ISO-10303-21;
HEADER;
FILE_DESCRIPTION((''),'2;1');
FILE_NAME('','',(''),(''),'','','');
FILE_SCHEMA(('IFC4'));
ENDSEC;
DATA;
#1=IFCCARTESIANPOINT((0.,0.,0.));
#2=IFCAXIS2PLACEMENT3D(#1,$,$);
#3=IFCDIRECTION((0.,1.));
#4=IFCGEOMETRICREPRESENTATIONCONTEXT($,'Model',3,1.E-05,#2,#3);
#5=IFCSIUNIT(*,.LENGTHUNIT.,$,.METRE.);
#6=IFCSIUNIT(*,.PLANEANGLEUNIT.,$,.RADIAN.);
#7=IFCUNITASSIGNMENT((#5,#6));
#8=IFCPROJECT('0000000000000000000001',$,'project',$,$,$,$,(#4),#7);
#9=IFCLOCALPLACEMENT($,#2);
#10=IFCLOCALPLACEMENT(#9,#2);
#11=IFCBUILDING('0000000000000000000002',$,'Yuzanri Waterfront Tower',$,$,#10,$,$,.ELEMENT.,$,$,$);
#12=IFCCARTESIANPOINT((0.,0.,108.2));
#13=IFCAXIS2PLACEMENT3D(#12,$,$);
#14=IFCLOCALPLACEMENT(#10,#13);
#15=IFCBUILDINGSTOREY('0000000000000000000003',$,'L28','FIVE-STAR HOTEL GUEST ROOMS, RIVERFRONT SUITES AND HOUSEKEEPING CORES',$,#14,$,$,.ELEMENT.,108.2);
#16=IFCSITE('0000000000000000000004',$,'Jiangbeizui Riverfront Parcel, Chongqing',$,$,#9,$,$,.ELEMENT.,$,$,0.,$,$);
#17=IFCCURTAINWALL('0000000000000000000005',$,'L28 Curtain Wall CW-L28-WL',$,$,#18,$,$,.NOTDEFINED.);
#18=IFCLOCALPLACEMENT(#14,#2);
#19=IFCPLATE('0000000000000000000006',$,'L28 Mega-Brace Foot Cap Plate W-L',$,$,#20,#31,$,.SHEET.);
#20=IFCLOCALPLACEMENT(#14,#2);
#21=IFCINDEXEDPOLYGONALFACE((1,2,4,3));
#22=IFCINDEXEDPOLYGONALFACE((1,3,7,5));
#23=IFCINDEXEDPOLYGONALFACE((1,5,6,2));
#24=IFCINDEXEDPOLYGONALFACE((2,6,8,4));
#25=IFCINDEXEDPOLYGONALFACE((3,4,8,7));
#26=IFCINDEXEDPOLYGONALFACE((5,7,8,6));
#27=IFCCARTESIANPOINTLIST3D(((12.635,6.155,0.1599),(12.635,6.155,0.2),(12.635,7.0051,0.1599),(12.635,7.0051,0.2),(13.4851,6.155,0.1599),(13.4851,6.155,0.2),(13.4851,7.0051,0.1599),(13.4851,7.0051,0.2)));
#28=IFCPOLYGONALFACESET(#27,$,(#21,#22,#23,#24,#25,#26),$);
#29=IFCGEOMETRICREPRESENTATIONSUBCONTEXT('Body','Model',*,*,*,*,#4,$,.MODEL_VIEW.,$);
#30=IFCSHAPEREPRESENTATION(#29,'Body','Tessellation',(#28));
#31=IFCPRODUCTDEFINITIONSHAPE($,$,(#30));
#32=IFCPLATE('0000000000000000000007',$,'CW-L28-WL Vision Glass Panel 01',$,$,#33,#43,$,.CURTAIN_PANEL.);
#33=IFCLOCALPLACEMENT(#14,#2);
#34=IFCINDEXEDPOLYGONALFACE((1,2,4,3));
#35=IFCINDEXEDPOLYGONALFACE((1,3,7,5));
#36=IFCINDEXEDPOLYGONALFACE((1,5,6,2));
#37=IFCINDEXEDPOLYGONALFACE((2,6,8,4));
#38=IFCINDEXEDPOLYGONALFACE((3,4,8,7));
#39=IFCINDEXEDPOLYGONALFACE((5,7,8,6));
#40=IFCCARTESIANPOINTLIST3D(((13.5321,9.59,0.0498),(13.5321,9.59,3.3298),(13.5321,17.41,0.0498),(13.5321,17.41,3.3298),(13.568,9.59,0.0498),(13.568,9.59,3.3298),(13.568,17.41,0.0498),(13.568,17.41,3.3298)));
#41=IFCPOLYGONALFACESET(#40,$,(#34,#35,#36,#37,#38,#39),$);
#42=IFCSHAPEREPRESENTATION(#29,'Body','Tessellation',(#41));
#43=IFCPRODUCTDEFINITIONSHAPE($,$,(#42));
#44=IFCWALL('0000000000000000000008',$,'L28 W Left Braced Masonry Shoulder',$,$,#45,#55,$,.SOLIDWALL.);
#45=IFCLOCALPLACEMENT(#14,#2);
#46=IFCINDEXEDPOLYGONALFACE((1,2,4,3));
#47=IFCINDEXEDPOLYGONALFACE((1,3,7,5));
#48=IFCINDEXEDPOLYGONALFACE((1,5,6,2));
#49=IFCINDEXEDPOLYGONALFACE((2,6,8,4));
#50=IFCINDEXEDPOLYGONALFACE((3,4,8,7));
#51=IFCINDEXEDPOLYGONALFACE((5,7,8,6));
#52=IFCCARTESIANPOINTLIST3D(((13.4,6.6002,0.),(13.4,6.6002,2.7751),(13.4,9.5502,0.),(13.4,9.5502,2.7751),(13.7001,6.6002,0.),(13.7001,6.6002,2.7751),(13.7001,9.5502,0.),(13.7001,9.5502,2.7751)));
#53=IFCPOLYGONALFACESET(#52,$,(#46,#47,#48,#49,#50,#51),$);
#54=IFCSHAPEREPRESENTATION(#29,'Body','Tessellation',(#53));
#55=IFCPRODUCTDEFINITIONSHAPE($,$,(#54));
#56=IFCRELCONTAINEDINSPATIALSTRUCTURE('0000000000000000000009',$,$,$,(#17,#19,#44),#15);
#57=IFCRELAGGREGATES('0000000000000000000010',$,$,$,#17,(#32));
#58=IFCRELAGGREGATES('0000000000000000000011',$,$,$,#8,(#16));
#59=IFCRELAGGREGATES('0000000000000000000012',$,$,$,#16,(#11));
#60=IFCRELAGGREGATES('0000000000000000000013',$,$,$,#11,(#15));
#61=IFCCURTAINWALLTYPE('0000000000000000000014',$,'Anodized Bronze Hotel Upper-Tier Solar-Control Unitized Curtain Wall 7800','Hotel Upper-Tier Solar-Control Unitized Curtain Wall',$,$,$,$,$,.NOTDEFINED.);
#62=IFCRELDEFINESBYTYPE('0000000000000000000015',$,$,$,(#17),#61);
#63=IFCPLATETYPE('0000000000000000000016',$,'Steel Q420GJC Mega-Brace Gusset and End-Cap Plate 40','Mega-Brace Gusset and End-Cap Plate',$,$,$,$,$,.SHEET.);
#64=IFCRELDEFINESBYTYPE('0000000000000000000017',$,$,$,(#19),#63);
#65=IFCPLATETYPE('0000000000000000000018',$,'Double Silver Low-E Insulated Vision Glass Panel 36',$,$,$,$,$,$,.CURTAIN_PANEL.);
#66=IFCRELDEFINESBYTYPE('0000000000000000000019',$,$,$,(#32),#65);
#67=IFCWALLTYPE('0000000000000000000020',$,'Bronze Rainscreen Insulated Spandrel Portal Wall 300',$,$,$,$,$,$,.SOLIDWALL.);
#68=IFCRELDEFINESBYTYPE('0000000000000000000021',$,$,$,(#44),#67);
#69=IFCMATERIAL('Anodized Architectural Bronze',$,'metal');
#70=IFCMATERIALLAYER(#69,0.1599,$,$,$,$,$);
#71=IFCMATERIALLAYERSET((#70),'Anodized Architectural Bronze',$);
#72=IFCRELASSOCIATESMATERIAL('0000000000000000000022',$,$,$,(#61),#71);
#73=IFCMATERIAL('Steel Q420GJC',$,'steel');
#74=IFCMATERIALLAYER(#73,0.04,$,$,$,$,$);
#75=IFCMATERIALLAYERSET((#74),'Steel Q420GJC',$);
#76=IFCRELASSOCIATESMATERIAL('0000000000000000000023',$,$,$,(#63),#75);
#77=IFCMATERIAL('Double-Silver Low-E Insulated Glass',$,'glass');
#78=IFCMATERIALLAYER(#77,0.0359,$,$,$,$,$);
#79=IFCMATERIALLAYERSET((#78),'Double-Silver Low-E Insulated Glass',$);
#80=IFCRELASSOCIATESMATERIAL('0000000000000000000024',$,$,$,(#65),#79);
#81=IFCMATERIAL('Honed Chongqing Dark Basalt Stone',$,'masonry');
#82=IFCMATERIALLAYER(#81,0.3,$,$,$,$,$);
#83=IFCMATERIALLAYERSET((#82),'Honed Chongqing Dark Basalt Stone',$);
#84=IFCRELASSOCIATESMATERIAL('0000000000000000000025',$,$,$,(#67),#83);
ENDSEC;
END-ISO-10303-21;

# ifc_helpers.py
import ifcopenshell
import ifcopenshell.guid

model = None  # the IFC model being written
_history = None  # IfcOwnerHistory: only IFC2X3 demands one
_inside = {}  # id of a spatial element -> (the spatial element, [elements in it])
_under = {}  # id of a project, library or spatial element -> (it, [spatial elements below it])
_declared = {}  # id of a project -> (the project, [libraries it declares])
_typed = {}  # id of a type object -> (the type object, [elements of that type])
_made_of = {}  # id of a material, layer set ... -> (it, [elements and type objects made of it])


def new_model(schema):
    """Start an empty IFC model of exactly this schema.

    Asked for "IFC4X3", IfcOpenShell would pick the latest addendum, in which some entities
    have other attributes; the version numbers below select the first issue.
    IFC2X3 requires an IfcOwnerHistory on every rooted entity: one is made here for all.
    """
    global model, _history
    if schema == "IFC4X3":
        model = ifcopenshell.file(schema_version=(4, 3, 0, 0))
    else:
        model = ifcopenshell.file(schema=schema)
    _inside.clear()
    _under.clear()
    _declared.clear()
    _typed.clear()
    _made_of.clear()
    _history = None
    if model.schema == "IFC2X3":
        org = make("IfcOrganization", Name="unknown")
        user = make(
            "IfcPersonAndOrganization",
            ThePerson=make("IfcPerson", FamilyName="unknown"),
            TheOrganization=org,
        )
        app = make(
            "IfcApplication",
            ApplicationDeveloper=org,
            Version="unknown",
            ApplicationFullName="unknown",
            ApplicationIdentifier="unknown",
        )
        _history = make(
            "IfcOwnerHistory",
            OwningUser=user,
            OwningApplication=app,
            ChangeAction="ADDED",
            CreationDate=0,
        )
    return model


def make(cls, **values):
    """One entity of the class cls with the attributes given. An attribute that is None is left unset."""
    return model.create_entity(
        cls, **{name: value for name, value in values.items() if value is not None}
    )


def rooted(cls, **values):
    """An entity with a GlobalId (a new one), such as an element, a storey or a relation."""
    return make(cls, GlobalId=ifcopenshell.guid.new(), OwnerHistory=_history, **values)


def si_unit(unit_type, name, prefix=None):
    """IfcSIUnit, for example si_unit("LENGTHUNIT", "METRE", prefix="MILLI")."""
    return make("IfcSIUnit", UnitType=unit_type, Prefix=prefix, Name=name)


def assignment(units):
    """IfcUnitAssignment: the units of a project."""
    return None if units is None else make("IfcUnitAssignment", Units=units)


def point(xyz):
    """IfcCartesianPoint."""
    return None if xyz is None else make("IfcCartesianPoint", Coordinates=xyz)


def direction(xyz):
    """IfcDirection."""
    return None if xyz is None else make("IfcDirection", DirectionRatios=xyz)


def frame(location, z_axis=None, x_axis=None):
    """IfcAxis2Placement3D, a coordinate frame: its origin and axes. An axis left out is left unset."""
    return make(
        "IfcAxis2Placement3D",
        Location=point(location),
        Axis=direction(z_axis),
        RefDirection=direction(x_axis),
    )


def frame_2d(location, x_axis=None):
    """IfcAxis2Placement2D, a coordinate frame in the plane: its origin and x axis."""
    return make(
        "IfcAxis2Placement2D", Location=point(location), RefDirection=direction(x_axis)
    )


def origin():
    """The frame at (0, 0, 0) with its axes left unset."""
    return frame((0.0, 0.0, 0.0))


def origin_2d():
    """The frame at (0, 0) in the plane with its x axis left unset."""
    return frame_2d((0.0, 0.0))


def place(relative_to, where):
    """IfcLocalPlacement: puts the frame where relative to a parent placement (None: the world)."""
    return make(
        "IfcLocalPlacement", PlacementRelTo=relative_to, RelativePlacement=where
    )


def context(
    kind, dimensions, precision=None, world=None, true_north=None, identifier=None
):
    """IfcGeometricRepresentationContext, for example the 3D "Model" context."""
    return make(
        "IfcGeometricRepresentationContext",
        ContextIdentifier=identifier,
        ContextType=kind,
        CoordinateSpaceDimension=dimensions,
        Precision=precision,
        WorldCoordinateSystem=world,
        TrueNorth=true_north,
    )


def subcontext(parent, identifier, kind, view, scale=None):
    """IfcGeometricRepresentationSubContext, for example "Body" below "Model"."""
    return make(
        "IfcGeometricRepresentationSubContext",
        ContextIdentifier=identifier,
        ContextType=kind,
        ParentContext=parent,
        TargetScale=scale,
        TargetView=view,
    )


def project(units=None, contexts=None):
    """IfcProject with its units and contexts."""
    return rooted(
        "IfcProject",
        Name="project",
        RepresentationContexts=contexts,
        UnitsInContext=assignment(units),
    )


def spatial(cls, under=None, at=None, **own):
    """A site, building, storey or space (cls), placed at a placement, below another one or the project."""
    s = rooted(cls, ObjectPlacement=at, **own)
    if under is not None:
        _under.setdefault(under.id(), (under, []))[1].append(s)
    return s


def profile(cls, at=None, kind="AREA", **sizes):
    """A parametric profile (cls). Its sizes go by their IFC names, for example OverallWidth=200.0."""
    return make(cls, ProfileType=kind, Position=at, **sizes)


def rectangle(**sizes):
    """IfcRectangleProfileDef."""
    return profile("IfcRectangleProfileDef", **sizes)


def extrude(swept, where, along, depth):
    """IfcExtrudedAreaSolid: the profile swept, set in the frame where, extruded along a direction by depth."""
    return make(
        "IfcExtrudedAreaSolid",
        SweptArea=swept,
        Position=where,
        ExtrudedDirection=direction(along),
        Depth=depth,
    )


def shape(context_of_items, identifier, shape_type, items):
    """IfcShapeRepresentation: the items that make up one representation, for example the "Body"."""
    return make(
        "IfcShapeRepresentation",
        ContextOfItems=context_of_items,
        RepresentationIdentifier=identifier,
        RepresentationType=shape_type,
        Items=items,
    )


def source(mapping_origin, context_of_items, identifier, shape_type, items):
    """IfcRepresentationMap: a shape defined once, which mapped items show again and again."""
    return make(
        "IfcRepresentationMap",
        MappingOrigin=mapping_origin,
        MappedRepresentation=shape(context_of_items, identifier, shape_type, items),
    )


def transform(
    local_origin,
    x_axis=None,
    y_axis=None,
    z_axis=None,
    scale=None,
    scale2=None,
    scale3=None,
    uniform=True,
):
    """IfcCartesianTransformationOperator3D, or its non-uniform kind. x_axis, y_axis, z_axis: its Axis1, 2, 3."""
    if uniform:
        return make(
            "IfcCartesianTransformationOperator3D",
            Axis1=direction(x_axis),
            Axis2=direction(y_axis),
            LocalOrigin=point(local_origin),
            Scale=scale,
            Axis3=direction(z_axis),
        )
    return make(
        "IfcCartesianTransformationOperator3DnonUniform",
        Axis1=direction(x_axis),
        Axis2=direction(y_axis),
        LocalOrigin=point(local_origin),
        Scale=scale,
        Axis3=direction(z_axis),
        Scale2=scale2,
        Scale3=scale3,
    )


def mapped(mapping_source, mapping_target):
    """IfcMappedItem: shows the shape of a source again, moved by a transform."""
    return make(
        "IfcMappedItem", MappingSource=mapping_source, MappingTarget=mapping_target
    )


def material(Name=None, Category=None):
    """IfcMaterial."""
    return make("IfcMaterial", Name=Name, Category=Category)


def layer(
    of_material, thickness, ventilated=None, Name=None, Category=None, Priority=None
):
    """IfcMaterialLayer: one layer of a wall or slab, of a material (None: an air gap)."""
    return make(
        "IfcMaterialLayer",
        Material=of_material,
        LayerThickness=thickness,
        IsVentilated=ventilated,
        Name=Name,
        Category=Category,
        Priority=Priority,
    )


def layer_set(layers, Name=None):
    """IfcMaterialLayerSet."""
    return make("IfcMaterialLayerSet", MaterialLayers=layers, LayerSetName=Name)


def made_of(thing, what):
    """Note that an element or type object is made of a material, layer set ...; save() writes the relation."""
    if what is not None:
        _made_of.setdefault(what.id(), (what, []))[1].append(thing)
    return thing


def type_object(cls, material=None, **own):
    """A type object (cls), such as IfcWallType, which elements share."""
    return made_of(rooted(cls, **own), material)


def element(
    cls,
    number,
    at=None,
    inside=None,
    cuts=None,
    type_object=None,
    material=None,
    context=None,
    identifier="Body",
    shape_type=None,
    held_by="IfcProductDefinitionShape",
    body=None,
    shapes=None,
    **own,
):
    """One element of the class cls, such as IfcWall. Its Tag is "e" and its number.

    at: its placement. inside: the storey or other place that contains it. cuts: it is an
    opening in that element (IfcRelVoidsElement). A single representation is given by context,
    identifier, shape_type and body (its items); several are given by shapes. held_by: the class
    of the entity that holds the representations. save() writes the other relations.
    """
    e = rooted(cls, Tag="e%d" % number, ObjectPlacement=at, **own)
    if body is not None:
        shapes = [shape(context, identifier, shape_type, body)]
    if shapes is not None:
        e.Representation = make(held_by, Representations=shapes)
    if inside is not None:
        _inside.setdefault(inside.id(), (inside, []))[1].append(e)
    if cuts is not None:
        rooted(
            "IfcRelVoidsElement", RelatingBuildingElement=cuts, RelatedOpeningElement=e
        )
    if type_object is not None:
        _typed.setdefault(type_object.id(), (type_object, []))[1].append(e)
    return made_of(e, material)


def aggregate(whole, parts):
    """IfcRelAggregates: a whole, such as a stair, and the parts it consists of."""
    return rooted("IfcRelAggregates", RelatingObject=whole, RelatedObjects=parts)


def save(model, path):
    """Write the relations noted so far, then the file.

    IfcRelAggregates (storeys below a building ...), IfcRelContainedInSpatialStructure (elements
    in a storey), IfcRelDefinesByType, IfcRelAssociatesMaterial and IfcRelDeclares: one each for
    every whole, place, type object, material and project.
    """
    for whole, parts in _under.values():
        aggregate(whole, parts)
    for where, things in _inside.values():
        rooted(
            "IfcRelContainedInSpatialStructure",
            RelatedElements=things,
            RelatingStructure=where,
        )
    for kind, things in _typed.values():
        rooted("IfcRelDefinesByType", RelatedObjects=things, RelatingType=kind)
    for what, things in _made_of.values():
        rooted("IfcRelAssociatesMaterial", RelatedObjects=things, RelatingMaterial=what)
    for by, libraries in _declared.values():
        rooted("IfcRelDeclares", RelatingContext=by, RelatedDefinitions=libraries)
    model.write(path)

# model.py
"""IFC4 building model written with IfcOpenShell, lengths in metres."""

from ifc_helpers import new_model, si_unit, direction, frame, frame_2d, origin, origin_2d, place, context, subcontext, project, spatial, rectangle, extrude, source, transform, mapped, material, layer, layer_set, type_object, element, aggregate, save


model = new_model("IFC4")

# Units and contexts
model_context = context("Model", 3, precision=1e-05, world=origin(), true_north=direction((0.0, 1.0)))
body_context = subcontext(model_context, "Body", "Model", "MODEL_VIEW")
ifc_project = project(units=[si_unit("LENGTHUNIT", "METRE"), si_unit("PLANEANGLEUNIT", "RADIAN")], contexts=[model_context])

# Site, building, storey
site_placement = place(None, origin())
site = spatial("IfcSite", under=ifc_project, at=site_placement, Name="Jiangbeizui Riverfront Parcel, Chongqing", CompositionType="ELEMENT", RefElevation=0.0)
building_placement = place(site_placement, origin())
building = spatial("IfcBuilding", under=site, at=building_placement, Name="Yuzanri Waterfront Tower", CompositionType="ELEMENT")
storey_placement = place(building_placement, frame((0.0, 0.0, 108.2)))
storey = spatial("IfcBuildingStorey", under=building, at=storey_placement, Name="L28", Description="FIVE-STAR HOTEL GUEST ROOMS, RIVERFRONT SUITES AND HOUSEKEEPING CORES", CompositionType="ELEMENT", Elevation=108.2)

# Curtain wall
ifc_material_1 = material(Name="Anodized Architectural Bronze", Category="metal")
ifc_layer_1 = layer(ifc_material_1, 0.1599)
ifc_layer_set_1 = layer_set([ifc_layer_1], Name="Anodized Architectural Bronze")
curtain_wall_type = type_object("IfcCurtainWallType", Name="Anodized Bronze Hotel Upper-Tier Solar-Control Unitized Curtain Wall 7800", Description="Hotel Upper-Tier Solar-Control Unitized Curtain Wall", PredefinedType="NOTDEFINED", material=ifc_layer_set_1)
curtain_wall_placement = place(storey_placement, origin())
curtain_wall = element("IfcCurtainWall", 1, at=curtain_wall_placement, inside=storey, type_object=curtain_wall_type, Name="L28 Curtain Wall CW-L28-WL", PredefinedType="NOTDEFINED")

# Plates
ifc_material_2 = material(Name="Steel Q420GJC", Category="steel")
ifc_layer_2 = layer(ifc_material_2, 0.04)
ifc_layer_set_2 = layer_set([ifc_layer_2], Name="Steel Q420GJC")
plate_type_1 = type_object("IfcPlateType", Name="Steel Q420GJC Mega-Brace Gusset and End-Cap Plate 40", Description="Mega-Brace Gusset and End-Cap Plate", PredefinedType="SHEET", material=ifc_layer_set_2)
shared_shape_1 = source(origin(), body_context, "Body", "SweptSolid", [
    extrude(rectangle(XDim=0.8501, YDim=0.8501, at=origin_2d()), origin(), (0.0, 0.0, 1.0), 0.04),
])
plate_1_placement = place(storey_placement, frame((13.0601, 6.5801, 0.1599), z_axis=(0.0, 0.0, 1.0), x_axis=(1.0, 0.0, 0.0)))
element("IfcPlate", 2, at=plate_1_placement, inside=storey, type_object=plate_type_1, Name="L28 Mega-Brace Foot Cap Plate W-L", PredefinedType="SHEET", context=body_context, shape_type="MappedRepresentation", body=[
    mapped(shared_shape_1, transform((0.0, 0.0, 0.0), scale=1.0)),
])
ifc_material_3 = material(Name="Double-Silver Low-E Insulated Glass", Category="glass")
ifc_layer_3 = layer(ifc_material_3, 0.0359)
ifc_layer_set_3 = layer_set([ifc_layer_3], Name="Double-Silver Low-E Insulated Glass")
plate_type_2 = type_object("IfcPlateType", Name="Double Silver Low-E Insulated Vision Glass Panel 36", PredefinedType="CURTAIN_PANEL", material=ifc_layer_set_3)
shared_shape_2 = source(origin(), body_context, "Body", "SweptSolid", [
    extrude(rectangle(XDim=7.8201, YDim=0.0359, at=origin_2d()), origin(), (0.0, 0.0, 1.0), 3.28),
])
plate_2_placement = place(storey_placement, frame((13.55, 13.5, 0.0498), z_axis=(0.0, 0.0, 1.0), x_axis=(0.0, 1.0, 0.0)))
plate_2 = element("IfcPlate", 3, at=plate_2_placement, type_object=plate_type_2, Name="CW-L28-WL Vision Glass Panel 01", PredefinedType="CURTAIN_PANEL", context=body_context, shape_type="MappedRepresentation", body=[
    mapped(shared_shape_2, transform((0.0, 0.0, 0.0), scale=1.0)),
])
aggregate(curtain_wall, [plate_2])

# Wall
ifc_material_4 = material(Name="Honed Chongqing Dark Basalt Stone", Category="masonry")
ifc_layer_4 = layer(ifc_material_4, 0.3)
ifc_layer_set_4 = layer_set([ifc_layer_4], Name="Honed Chongqing Dark Basalt Stone")
wall_type = type_object("IfcWallType", Name="Bronze Rainscreen Insulated Spandrel Portal Wall 300", PredefinedType="SOLIDWALL", material=ifc_layer_set_4)
shared_shape_3 = source(origin(), body_context, "Body", "SweptSolid", [
    extrude(rectangle(XDim=2.95, YDim=0.3, at=frame_2d((1.4751, 0.0))), origin(), (0.0, 0.0, 1.0), 2.7751),
])
wall_placement = place(storey_placement, frame((13.55, 6.6001, 0.0), z_axis=(0.0, 0.0, 1.0), x_axis=(0.0, 1.0, 0.0)))
element("IfcWall", 4, at=wall_placement, inside=storey, type_object=wall_type, Name="L28 W Left Braced Masonry Shoulder", PredefinedType="SOLIDWALL", context=body_context, shape_type="MappedRepresentation", body=[
    mapped(shared_shape_3, transform((0.0, 0.0, 0.0), scale=1.0)),
])

save(model, "model.ifc")
